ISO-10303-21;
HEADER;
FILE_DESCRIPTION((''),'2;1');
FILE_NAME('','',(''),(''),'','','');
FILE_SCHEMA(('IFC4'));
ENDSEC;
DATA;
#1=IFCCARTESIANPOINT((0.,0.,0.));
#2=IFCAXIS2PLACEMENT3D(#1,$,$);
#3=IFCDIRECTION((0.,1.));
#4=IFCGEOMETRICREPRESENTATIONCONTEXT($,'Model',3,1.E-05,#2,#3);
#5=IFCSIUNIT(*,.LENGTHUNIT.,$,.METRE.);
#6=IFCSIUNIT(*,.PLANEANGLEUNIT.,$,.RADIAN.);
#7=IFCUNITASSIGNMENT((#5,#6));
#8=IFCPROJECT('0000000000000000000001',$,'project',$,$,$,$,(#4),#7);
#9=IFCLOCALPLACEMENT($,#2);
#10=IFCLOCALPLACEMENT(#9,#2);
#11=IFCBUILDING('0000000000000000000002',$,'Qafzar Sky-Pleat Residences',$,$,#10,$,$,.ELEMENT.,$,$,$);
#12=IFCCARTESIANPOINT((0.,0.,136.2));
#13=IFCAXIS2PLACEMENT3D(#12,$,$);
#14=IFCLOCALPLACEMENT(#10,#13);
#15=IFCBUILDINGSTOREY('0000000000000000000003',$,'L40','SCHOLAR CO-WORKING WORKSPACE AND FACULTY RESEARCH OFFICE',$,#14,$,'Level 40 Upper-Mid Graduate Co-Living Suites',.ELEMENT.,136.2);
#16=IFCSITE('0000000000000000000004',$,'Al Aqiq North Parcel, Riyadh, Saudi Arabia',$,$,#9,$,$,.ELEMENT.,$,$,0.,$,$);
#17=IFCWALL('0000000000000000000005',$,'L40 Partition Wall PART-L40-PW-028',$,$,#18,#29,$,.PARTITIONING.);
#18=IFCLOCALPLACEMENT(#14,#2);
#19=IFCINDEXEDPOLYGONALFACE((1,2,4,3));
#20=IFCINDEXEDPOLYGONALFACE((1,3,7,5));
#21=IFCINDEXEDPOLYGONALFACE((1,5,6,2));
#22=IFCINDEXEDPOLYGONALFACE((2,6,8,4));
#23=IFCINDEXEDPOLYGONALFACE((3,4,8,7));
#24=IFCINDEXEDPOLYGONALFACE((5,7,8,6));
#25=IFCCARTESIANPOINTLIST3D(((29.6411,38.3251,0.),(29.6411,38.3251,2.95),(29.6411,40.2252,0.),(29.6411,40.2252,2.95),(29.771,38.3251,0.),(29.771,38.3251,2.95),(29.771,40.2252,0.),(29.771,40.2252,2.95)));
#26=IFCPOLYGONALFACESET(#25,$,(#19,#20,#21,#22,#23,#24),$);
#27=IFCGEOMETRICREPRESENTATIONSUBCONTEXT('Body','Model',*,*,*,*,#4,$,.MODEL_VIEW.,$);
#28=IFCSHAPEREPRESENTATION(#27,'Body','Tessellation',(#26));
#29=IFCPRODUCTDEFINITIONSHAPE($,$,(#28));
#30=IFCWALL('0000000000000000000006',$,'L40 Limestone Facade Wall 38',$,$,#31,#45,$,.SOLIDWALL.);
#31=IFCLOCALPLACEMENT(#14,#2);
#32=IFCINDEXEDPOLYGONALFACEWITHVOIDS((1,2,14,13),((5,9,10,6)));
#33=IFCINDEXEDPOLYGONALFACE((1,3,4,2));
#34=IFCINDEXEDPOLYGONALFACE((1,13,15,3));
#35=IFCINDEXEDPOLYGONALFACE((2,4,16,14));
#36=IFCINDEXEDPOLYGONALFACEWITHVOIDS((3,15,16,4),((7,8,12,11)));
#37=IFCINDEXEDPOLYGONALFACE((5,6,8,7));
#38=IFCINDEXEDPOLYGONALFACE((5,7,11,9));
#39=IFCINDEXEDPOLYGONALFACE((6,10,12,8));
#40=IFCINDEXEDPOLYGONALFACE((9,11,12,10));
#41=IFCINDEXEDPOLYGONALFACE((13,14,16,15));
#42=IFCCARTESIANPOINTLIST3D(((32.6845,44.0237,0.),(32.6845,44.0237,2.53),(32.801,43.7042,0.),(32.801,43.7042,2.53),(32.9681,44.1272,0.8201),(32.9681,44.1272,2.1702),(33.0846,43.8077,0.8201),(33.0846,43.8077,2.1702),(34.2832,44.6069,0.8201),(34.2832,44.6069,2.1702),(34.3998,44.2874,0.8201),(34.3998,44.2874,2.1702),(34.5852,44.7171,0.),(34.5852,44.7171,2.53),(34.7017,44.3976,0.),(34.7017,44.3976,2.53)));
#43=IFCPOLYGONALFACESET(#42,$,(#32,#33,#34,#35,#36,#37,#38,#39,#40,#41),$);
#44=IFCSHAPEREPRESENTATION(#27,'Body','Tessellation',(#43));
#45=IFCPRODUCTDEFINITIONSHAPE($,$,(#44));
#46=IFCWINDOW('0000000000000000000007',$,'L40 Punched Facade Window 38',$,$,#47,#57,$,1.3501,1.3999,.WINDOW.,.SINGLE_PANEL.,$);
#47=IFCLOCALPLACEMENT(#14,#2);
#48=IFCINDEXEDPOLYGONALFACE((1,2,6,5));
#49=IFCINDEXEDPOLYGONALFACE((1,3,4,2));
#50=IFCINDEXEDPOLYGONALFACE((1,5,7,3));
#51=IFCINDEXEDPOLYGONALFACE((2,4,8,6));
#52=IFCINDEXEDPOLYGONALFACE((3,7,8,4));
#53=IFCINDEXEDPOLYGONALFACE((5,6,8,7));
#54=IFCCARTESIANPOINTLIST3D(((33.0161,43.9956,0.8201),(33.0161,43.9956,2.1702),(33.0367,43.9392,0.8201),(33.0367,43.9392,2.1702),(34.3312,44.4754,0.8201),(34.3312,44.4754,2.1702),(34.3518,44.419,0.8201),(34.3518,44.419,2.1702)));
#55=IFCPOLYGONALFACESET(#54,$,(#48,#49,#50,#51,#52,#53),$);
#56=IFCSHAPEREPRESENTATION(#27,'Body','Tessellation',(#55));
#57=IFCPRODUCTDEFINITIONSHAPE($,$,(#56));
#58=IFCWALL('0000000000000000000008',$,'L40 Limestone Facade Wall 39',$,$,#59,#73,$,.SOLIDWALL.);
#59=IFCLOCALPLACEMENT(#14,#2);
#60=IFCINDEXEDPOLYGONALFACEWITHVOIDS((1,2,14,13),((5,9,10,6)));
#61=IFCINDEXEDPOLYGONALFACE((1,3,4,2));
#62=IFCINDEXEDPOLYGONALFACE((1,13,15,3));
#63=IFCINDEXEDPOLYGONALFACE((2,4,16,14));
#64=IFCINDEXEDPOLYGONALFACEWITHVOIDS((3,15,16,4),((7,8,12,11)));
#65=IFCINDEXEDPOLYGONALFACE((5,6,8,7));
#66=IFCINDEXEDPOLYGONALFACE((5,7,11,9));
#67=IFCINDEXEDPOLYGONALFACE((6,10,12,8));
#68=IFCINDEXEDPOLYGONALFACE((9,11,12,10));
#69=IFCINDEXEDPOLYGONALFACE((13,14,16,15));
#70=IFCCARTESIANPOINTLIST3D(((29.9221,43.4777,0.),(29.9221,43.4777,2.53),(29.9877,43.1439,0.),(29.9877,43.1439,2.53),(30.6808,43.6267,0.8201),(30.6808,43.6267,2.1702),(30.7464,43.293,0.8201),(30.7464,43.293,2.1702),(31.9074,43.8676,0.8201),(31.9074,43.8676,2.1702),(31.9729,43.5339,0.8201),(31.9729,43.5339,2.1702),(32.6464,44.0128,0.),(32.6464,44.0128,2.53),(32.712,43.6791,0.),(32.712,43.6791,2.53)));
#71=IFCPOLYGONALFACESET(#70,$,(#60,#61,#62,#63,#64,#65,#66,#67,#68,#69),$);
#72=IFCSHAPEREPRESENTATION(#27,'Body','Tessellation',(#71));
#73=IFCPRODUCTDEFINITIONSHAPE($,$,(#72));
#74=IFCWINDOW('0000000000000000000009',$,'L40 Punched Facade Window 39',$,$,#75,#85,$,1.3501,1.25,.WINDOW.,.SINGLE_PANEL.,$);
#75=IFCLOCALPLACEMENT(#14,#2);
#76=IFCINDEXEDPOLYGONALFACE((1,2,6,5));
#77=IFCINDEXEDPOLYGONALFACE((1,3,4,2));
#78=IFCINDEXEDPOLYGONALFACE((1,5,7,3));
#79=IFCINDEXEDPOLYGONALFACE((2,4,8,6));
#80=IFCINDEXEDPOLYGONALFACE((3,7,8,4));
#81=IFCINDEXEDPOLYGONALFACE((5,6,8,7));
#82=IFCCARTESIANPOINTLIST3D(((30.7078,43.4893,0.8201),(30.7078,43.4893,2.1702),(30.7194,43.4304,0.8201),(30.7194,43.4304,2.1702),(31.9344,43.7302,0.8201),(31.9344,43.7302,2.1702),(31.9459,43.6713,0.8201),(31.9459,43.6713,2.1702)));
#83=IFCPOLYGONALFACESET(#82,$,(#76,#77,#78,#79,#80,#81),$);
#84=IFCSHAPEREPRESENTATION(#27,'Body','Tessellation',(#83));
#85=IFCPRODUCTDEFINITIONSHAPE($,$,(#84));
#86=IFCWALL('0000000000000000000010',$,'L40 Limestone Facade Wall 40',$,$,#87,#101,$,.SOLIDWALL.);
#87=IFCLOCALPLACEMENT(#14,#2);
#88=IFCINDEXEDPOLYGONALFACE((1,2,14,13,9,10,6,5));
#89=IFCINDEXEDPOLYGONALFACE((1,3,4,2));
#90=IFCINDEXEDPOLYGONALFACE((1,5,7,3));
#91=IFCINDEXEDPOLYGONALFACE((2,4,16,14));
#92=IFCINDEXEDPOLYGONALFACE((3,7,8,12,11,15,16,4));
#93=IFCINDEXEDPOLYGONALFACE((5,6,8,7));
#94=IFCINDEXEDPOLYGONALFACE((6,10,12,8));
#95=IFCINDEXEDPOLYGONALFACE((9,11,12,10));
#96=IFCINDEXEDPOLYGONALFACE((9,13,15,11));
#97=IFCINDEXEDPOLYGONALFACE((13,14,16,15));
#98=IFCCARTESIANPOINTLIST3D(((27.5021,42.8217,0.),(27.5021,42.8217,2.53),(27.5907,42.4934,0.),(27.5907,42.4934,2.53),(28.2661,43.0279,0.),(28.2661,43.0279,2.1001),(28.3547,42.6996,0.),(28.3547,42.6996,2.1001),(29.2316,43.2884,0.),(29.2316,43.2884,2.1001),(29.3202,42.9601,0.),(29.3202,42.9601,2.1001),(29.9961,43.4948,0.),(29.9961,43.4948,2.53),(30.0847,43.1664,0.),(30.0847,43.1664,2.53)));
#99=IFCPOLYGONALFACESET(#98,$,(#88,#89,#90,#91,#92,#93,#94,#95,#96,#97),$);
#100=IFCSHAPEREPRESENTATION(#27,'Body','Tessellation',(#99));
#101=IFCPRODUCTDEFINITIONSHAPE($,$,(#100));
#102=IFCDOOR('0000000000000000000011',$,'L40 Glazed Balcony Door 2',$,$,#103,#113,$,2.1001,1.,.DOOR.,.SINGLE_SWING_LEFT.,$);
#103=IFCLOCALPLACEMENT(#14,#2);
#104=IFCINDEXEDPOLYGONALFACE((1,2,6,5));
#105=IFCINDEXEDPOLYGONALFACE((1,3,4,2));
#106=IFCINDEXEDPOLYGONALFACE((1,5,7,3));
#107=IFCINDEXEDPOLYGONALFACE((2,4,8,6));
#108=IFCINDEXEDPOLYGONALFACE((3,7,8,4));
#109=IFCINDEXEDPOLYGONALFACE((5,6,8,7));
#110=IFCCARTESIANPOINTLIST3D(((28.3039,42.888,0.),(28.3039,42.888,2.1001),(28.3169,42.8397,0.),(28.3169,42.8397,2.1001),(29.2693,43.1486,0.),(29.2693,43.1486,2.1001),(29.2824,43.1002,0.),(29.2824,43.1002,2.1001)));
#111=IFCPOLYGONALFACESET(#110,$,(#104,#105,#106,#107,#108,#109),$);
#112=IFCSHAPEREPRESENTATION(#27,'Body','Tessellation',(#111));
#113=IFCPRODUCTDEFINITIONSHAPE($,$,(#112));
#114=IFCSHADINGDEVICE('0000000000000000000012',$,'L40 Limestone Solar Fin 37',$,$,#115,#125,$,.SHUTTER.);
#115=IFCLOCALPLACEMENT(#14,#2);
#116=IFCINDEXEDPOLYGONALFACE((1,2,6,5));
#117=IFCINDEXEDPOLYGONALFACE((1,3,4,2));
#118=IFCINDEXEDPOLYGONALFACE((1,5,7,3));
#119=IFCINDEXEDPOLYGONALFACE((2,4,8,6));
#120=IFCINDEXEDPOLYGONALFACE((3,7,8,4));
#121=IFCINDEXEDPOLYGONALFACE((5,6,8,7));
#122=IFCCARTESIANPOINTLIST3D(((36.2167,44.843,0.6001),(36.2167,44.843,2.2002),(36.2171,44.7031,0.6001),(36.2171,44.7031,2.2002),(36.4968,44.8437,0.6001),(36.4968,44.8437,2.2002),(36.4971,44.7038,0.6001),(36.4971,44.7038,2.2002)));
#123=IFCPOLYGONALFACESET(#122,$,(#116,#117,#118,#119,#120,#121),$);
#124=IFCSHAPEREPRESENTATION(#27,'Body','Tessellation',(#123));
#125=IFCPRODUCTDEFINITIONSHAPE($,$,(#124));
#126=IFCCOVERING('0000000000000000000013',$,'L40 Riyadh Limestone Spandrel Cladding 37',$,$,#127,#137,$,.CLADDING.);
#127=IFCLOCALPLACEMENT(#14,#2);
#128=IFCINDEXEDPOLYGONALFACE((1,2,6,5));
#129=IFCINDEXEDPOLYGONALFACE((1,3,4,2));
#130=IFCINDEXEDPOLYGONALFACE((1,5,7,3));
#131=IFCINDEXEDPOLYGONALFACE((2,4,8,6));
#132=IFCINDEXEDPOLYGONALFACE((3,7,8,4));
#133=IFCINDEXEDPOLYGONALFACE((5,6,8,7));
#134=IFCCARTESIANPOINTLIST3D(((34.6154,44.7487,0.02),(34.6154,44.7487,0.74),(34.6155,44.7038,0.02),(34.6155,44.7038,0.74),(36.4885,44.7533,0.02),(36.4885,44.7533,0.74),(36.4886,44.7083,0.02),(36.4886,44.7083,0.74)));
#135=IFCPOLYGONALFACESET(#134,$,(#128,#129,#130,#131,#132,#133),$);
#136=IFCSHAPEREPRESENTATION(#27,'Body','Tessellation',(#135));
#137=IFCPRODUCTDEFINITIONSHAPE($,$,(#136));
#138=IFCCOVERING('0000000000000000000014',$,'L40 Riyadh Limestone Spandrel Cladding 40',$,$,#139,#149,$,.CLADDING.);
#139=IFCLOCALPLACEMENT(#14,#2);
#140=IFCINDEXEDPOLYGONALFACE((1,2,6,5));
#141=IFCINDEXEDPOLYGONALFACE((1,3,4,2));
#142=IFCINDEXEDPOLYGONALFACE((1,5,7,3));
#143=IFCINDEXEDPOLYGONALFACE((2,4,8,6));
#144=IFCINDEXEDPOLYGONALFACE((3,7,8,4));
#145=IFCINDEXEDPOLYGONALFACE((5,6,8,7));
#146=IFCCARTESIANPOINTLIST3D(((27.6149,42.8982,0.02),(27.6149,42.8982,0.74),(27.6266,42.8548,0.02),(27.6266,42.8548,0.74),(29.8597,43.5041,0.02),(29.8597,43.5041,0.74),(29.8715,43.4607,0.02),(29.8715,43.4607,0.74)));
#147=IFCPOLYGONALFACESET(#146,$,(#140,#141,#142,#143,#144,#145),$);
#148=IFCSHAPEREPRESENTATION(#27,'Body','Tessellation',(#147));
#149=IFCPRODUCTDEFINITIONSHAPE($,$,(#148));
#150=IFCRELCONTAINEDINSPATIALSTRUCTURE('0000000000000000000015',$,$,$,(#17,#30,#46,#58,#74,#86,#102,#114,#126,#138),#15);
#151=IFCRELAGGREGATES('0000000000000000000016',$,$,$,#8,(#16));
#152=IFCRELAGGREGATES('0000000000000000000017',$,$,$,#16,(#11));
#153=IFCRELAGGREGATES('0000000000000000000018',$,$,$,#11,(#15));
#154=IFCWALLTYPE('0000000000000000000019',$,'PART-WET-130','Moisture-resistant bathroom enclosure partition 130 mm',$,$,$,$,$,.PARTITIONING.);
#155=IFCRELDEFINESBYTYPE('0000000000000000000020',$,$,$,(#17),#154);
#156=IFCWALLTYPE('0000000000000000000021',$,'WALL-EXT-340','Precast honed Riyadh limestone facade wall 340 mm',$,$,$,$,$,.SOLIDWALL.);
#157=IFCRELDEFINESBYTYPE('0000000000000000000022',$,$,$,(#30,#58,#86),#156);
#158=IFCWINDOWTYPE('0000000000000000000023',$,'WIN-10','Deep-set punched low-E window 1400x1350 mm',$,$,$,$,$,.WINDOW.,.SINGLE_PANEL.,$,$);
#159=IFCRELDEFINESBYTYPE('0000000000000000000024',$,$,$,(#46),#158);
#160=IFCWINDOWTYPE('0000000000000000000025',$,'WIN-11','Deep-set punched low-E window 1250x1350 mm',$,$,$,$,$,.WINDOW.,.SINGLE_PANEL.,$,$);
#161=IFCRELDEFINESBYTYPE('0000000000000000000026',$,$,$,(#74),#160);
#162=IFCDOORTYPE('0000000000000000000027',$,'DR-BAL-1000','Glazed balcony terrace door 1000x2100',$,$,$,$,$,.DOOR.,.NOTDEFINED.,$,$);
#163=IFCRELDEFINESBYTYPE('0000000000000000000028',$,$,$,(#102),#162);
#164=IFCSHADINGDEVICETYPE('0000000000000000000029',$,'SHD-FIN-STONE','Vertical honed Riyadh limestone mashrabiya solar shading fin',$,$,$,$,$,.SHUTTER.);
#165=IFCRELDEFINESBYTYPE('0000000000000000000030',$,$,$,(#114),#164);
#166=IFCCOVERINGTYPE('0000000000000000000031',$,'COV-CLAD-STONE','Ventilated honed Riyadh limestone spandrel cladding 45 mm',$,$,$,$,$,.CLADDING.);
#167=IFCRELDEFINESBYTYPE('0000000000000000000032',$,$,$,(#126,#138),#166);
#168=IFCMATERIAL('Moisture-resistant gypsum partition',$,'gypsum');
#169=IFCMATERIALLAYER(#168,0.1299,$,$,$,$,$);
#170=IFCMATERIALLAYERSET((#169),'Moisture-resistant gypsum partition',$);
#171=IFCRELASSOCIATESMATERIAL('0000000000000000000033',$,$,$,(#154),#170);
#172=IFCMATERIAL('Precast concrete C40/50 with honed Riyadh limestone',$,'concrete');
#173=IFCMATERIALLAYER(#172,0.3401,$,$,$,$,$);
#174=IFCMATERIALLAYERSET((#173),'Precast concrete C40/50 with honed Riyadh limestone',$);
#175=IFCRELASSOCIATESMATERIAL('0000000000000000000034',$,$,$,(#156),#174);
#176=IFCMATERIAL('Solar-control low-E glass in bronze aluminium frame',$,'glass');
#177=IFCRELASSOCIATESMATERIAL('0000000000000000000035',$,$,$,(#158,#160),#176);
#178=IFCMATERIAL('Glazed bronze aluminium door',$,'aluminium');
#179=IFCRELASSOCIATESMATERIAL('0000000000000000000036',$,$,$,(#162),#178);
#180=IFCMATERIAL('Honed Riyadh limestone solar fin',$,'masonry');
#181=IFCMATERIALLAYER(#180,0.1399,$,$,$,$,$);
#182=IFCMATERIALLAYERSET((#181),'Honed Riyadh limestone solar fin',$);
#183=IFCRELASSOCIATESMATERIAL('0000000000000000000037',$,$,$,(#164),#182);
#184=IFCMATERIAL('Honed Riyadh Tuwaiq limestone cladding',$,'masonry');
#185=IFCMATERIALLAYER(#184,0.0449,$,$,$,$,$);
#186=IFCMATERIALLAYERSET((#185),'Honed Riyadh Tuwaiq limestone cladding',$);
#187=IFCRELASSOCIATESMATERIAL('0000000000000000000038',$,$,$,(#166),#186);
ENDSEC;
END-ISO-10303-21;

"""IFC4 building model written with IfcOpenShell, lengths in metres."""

from ifc_helpers import new_model, si_unit, direction, frame, frame_2d, origin, origin_2d, place, context, subcontext, project, spatial, rectangle, extrude, source, transform, mapped, material, layer, layer_set, type_object, element, fill, save


model = new_model("IFC4")

# Units and contexts
model_context = context("Model", 3, precision=1e-05, world=origin(), true_north=direction((0.0, 1.0)))
body_context = subcontext(model_context, "Body", "Model", "MODEL_VIEW")
ifc_project = project(units=[si_unit("LENGTHUNIT", "METRE"), si_unit("PLANEANGLEUNIT", "RADIAN")], contexts=[model_context])

# Site, building, storey
site_placement = place(None, origin())
site = spatial("IfcSite", under=ifc_project, at=site_placement, Name="Al Aqiq North Parcel, Riyadh, Saudi Arabia", CompositionType="ELEMENT", RefElevation=0.0)
building_placement = place(site_placement, origin())
building = spatial("IfcBuilding", under=site, at=building_placement, Name="Qafzar Sky-Pleat Residences", CompositionType="ELEMENT")
storey_placement = place(building_placement, frame((0.0, 0.0, 136.2)))
storey = spatial("IfcBuildingStorey", under=building, at=storey_placement, Name="L40", Description="SCHOLAR CO-WORKING WORKSPACE AND FACULTY RESEARCH OFFICE", LongName="Level 40 Upper-Mid Graduate Co-Living Suites", CompositionType="ELEMENT", Elevation=136.2)

# Wall
ifc_material_1 = material(Name="Moisture-resistant gypsum partition", Category="gypsum")
ifc_layer_1 = layer(ifc_material_1, 0.1299)
ifc_layer_set_1 = layer_set([ifc_layer_1], Name="Moisture-resistant gypsum partition")
wall_type_1 = type_object("IfcWallType", Name="PART-WET-130", Description="Moisture-resistant bathroom enclosure partition 130 mm", PredefinedType="PARTITIONING", material=ifc_layer_set_1)
wall_1_placement = place(storey_placement, frame((29.7061, 38.325, 0.0), z_axis=(0.0, 0.0, 1.0), x_axis=(0.0, 1.0, 0.0)))
element("IfcWall", 1, at=wall_1_placement, inside=storey, type_object=wall_type_1, Name="L40 Partition Wall PART-L40-PW-028", PredefinedType="PARTITIONING", context=body_context, shape_type="SweptSolid", body=[
    extrude(rectangle(XDim=1.9001, YDim=0.1299, at=frame_2d((0.9502, 0.0))), origin(), (0.0, 0.0, 1.0), 2.95),
])

# Walls, openings, windows
ifc_material_2 = material(Name="Precast concrete C40/50 with honed Riyadh limestone", Category="concrete")
ifc_layer_2 = layer(ifc_material_2, 0.3401)
ifc_layer_set_2 = layer_set([ifc_layer_2], Name="Precast concrete C40/50 with honed Riyadh limestone")
wall_type_2 = type_object("IfcWallType", Name="WALL-EXT-340", Description="Precast honed Riyadh limestone facade wall 340 mm", PredefinedType="SOLIDWALL", material=ifc_layer_set_2)
wall_2_placement = place(storey_placement, frame((34.6436, 44.5574, 0.0), z_axis=(0.0, 0.0, 1.0), x_axis=(-0.939441, -0.342712, 0.0)))
wall_2 = element("IfcWall", 2, at=wall_2_placement, inside=storey, type_object=wall_type_2, Name="L40 Limestone Facade Wall 38", PredefinedType="SOLIDWALL", context=body_context, shape_type="SweptSolid", body=[
    extrude(rectangle(XDim=2.0232, YDim=0.3401, at=frame_2d((1.0117, 0.0))), origin(), (0.0, 0.0, 1.0), 2.53),
])
opening_1_placement = place(wall_2_placement, frame((0.3215, 0.0, 0.8201)))
opening_1 = element("IfcOpeningElement", 3, at=opening_1_placement, cuts=wall_2, PredefinedType="OPENING", context=body_context, shape_type="SweptSolid", body=[
    extrude(rectangle(XDim=1.3999, YDim=1.3501, at=frame_2d((0.7, 0.675))), frame((0.0, 0.1802, 0.0), z_axis=(0.0, -1.0, 0.0), x_axis=(1.0, 0.0, 0.0)), (0.0, 0.0, 1.0), 0.3601),
])
ifc_material_3 = material(Name="Solar-control low-E glass in bronze aluminium frame", Category="glass")
window_type_1 = type_object("IfcWindowType", Name="WIN-10", Description="Deep-set punched low-E window 1400x1350 mm", PartitioningType="SINGLE_PANEL", PredefinedType="WINDOW", material=ifc_material_3)
shared_shape_1 = source(origin(), body_context, "Body", "SweptSolid", [
    extrude(rectangle(XDim=1.3999, YDim=1.3501, at=frame_2d((0.7, 0.675))), frame((0.0, 0.03, 0.0), z_axis=(0.0, -1.0, 0.0), x_axis=(1.0, 0.0, 0.0)), (0.0, 0.0, 1.0), 0.0601),
])
window_1_placement = place(opening_1_placement, origin())
window_1 = element("IfcWindow", 4, at=window_1_placement, inside=storey, type_object=window_type_1, Name="L40 Punched Facade Window 38", OverallHeight=1.3501, OverallWidth=1.3999, PartitioningType="SINGLE_PANEL", PredefinedType="WINDOW", context=body_context, shape_type="MappedRepresentation", body=[
    mapped(shared_shape_1, transform((0.0, 0.0, 0.0), x_axis=(1.0, 0.0, 0.0), y_axis=(0.0, 1.0, 0.0), z_axis=(0.0, 0.0, 1.0), scale=1.0)),
])
fill(opening_1, window_1)
wall_3_placement = place(storey_placement, frame((32.6792, 43.8459, 0.0), z_axis=(0.0, 0.0, 1.0), x_axis=(-0.981248, -0.19275, 0.0)))
wall_3 = element("IfcWall", 5, at=wall_3_placement, inside=storey, type_object=wall_type_2, Name="L40 Limestone Facade Wall 39", PredefinedType="SOLIDWALL", context=body_context, shape_type="SweptSolid", body=[
    extrude(rectangle(XDim=2.7764, YDim=0.3401, at=frame_2d((1.3882, 0.0))), origin(), (0.0, 0.0, 1.0), 2.53),
])
opening_2_placement = place(wall_3_placement, frame((0.7532, 0.0, 0.8201)))
opening_2 = element("IfcOpeningElement", 6, at=opening_2_placement, cuts=wall_3, PredefinedType="OPENING", context=body_context, shape_type="SweptSolid", body=[
    extrude(rectangle(XDim=1.25, YDim=1.3501, at=frame_2d((0.625, 0.675))), frame((0.0, 0.1802, 0.0), z_axis=(0.0, -1.0, 0.0), x_axis=(1.0, 0.0, 0.0)), (0.0, 0.0, 1.0), 0.3601),
])
window_type_2 = type_object("IfcWindowType", Name="WIN-11", Description="Deep-set punched low-E window 1250x1350 mm", PartitioningType="SINGLE_PANEL", PredefinedType="WINDOW", material=ifc_material_3)
shared_shape_2 = source(origin(), body_context, "Body", "SweptSolid", [
    extrude(rectangle(XDim=1.25, YDim=1.3501, at=frame_2d((0.625, 0.675))), frame((0.0, 0.03, 0.0), z_axis=(0.0, -1.0, 0.0), x_axis=(1.0, 0.0, 0.0)), (0.0, 0.0, 1.0), 0.0601),
])
window_2_placement = place(opening_2_placement, origin())
window_2 = element("IfcWindow", 7, at=window_2_placement, inside=storey, type_object=window_type_2, Name="L40 Punched Facade Window 39", OverallHeight=1.3501, OverallWidth=1.25, PartitioningType="SINGLE_PANEL", PredefinedType="WINDOW", context=body_context, shape_type="MappedRepresentation", body=[
    mapped(shared_shape_2, transform((0.0, 0.0, 0.0), x_axis=(1.0, 0.0, 0.0), y_axis=(0.0, 1.0, 0.0), z_axis=(0.0, 0.0, 1.0), scale=1.0)),
])
fill(opening_2, window_2)

# Wall, opening, door
wall_4_placement = place(storey_placement, frame((30.0403, 43.3306, 0.0), z_axis=(0.0, 0.0, 1.0), x_axis=(-0.96546, -0.26055, 0.0)))
wall_4 = element("IfcWall", 8, at=wall_4_placement, inside=storey, type_object=wall_type_2, Name="L40 Limestone Facade Wall 40", PredefinedType="SOLIDWALL", context=body_context, shape_type="SweptSolid", body=[
    extrude(rectangle(XDim=2.5833, YDim=0.3401, at=frame_2d((1.2915, 0.0))), origin(), (0.0, 0.0, 1.0), 2.53),
])
opening_3_placement = place(wall_4_placement, frame((0.7917, 0.0, 0.0)))
opening_3 = element("IfcOpeningElement", 9, at=opening_3_placement, cuts=wall_4, PredefinedType="OPENING", context=body_context, shape_type="SweptSolid", body=[
    extrude(rectangle(XDim=1.0, YDim=2.1001, at=frame_2d((0.5, 1.05))), frame((0.0, 0.1802, 0.0), z_axis=(0.0, -1.0, 0.0), x_axis=(1.0, 0.0, 0.0)), (0.0, 0.0, 1.0), 0.3601),
])
ifc_material_4 = material(Name="Glazed bronze aluminium door", Category="aluminium")
door_type_1 = type_object("IfcDoorType", Name="DR-BAL-1000", Description="Glazed balcony terrace door 1000x2100", OperationType="NOTDEFINED", PredefinedType="DOOR", material=ifc_material_4)
shared_shape_3 = source(origin(), body_context, "Body", "SweptSolid", [
    extrude(rectangle(XDim=1.0, YDim=2.1001, at=frame_2d((0.5, 1.05))), frame((0.0, 0.0249, 0.0), z_axis=(0.0, -1.0, 0.0), x_axis=(1.0, 0.0, 0.0)), (0.0, 0.0, 1.0), 0.05),
])
door_1_placement = place(opening_3_placement, origin())
door_1 = element("IfcDoor", 10, at=door_1_placement, inside=storey, type_object=door_type_1, Name="L40 Glazed Balcony Door 2", OperationType="SINGLE_SWING_LEFT", OverallHeight=2.1001, OverallWidth=1.0, PredefinedType="DOOR", context=body_context, shape_type="MappedRepresentation", body=[
    mapped(shared_shape_3, transform((0.0, 0.0, 0.0), x_axis=(1.0, 0.0, 0.0), y_axis=(0.0, 1.0, 0.0), z_axis=(0.0, 0.0, 1.0), scale=1.0)),
])
fill(opening_3, door_1)

# Shading device
ifc_material_5 = material(Name="Honed Riyadh limestone solar fin", Category="masonry")
ifc_layer_3 = layer(ifc_material_5, 0.1399)
ifc_layer_set_3 = layer_set([ifc_layer_3], Name="Honed Riyadh limestone solar fin")
shading_device_type = type_object("IfcShadingDeviceType", Name="SHD-FIN-STONE", Description="Vertical honed Riyadh limestone mashrabiya solar shading fin", PredefinedType="SHUTTER", material=ifc_layer_set_3)
shared_shape_4 = source(origin(), body_context, "Body", "SweptSolid", [
    extrude(rectangle(XDim=0.1399, YDim=0.28, at=origin_2d()), origin(), (0.0, 0.0, 1.0), 1.6001),
])
shading_device_placement = place(storey_placement, frame((36.3569, 44.7734, 0.6001), z_axis=(0.0, 0.0, 1.0), x_axis=(-0.002444, 0.999997, 0.0)))
element("IfcShadingDevice", 11, at=shading_device_placement, inside=storey, type_object=shading_device_type, Name="L40 Limestone Solar Fin 37", PredefinedType="SHUTTER", context=body_context, shape_type="MappedRepresentation", body=[
    mapped(shared_shape_4, transform((0.0, 0.0, 0.0), x_axis=(1.0, 0.0, 0.0), y_axis=(0.0, 1.0, 0.0), z_axis=(0.0, 0.0, 1.0), scale=1.0)),
])

# Coverings
ifc_material_6 = material(Name="Honed Riyadh Tuwaiq limestone cladding", Category="masonry")
ifc_layer_4 = layer(ifc_material_6, 0.0449)
ifc_layer_set_4 = layer_set([ifc_layer_4], Name="Honed Riyadh Tuwaiq limestone cladding")
covering_type = type_object("IfcCoveringType", Name="COV-CLAD-STONE", Description="Ventilated honed Riyadh limestone spandrel cladding 45 mm", PredefinedType="CLADDING", material=ifc_layer_set_4)
shared_shape_5 = source(origin(), body_context, "Body", "SweptSolid", [
    extrude(rectangle(XDim=1.873, YDim=0.0449, at=origin_2d()), origin(), (0.0, 0.0, 1.0), 0.72),
])
covering_1_placement = place(storey_placement, frame((35.552, 44.7285, 0.02), z_axis=(0.0, 0.0, 1.0), x_axis=(-0.999997, -0.002451, 0.0)))
element("IfcCovering", 12, at=covering_1_placement, inside=storey, type_object=covering_type, Name="L40 Riyadh Limestone Spandrel Cladding 37", PredefinedType="CLADDING", context=body_context, shape_type="MappedRepresentation", body=[
    mapped(shared_shape_5, transform((0.0, 0.0, 0.0), x_axis=(1.0, 0.0, 0.0), y_axis=(0.0, 1.0, 0.0), z_axis=(0.0, 0.0, 1.0), scale=1.0)),
])
shared_shape_6 = source(origin(), body_context, "Body", "SweptSolid", [
    extrude(rectangle(XDim=2.3252, YDim=0.0449, at=origin_2d()), origin(), (0.0, 0.0, 1.0), 0.72),
])
covering_2_placement = place(storey_placement, frame((28.7432, 43.1794, 0.02), z_axis=(0.0, 0.0, 1.0), x_axis=(-0.965455, -0.260572, 0.0)))
element("IfcCovering", 13, at=covering_2_placement, inside=storey, type_object=covering_type, Name="L40 Riyadh Limestone Spandrel Cladding 40", PredefinedType="CLADDING", context=body_context, shape_type="MappedRepresentation", body=[
    mapped(shared_shape_6, transform((0.0, 0.0, 0.0), x_axis=(1.0, 0.0, 0.0), y_axis=(0.0, 1.0, 0.0), z_axis=(0.0, 0.0, 1.0), scale=1.0)),
])

save(model, "model.ifc")
